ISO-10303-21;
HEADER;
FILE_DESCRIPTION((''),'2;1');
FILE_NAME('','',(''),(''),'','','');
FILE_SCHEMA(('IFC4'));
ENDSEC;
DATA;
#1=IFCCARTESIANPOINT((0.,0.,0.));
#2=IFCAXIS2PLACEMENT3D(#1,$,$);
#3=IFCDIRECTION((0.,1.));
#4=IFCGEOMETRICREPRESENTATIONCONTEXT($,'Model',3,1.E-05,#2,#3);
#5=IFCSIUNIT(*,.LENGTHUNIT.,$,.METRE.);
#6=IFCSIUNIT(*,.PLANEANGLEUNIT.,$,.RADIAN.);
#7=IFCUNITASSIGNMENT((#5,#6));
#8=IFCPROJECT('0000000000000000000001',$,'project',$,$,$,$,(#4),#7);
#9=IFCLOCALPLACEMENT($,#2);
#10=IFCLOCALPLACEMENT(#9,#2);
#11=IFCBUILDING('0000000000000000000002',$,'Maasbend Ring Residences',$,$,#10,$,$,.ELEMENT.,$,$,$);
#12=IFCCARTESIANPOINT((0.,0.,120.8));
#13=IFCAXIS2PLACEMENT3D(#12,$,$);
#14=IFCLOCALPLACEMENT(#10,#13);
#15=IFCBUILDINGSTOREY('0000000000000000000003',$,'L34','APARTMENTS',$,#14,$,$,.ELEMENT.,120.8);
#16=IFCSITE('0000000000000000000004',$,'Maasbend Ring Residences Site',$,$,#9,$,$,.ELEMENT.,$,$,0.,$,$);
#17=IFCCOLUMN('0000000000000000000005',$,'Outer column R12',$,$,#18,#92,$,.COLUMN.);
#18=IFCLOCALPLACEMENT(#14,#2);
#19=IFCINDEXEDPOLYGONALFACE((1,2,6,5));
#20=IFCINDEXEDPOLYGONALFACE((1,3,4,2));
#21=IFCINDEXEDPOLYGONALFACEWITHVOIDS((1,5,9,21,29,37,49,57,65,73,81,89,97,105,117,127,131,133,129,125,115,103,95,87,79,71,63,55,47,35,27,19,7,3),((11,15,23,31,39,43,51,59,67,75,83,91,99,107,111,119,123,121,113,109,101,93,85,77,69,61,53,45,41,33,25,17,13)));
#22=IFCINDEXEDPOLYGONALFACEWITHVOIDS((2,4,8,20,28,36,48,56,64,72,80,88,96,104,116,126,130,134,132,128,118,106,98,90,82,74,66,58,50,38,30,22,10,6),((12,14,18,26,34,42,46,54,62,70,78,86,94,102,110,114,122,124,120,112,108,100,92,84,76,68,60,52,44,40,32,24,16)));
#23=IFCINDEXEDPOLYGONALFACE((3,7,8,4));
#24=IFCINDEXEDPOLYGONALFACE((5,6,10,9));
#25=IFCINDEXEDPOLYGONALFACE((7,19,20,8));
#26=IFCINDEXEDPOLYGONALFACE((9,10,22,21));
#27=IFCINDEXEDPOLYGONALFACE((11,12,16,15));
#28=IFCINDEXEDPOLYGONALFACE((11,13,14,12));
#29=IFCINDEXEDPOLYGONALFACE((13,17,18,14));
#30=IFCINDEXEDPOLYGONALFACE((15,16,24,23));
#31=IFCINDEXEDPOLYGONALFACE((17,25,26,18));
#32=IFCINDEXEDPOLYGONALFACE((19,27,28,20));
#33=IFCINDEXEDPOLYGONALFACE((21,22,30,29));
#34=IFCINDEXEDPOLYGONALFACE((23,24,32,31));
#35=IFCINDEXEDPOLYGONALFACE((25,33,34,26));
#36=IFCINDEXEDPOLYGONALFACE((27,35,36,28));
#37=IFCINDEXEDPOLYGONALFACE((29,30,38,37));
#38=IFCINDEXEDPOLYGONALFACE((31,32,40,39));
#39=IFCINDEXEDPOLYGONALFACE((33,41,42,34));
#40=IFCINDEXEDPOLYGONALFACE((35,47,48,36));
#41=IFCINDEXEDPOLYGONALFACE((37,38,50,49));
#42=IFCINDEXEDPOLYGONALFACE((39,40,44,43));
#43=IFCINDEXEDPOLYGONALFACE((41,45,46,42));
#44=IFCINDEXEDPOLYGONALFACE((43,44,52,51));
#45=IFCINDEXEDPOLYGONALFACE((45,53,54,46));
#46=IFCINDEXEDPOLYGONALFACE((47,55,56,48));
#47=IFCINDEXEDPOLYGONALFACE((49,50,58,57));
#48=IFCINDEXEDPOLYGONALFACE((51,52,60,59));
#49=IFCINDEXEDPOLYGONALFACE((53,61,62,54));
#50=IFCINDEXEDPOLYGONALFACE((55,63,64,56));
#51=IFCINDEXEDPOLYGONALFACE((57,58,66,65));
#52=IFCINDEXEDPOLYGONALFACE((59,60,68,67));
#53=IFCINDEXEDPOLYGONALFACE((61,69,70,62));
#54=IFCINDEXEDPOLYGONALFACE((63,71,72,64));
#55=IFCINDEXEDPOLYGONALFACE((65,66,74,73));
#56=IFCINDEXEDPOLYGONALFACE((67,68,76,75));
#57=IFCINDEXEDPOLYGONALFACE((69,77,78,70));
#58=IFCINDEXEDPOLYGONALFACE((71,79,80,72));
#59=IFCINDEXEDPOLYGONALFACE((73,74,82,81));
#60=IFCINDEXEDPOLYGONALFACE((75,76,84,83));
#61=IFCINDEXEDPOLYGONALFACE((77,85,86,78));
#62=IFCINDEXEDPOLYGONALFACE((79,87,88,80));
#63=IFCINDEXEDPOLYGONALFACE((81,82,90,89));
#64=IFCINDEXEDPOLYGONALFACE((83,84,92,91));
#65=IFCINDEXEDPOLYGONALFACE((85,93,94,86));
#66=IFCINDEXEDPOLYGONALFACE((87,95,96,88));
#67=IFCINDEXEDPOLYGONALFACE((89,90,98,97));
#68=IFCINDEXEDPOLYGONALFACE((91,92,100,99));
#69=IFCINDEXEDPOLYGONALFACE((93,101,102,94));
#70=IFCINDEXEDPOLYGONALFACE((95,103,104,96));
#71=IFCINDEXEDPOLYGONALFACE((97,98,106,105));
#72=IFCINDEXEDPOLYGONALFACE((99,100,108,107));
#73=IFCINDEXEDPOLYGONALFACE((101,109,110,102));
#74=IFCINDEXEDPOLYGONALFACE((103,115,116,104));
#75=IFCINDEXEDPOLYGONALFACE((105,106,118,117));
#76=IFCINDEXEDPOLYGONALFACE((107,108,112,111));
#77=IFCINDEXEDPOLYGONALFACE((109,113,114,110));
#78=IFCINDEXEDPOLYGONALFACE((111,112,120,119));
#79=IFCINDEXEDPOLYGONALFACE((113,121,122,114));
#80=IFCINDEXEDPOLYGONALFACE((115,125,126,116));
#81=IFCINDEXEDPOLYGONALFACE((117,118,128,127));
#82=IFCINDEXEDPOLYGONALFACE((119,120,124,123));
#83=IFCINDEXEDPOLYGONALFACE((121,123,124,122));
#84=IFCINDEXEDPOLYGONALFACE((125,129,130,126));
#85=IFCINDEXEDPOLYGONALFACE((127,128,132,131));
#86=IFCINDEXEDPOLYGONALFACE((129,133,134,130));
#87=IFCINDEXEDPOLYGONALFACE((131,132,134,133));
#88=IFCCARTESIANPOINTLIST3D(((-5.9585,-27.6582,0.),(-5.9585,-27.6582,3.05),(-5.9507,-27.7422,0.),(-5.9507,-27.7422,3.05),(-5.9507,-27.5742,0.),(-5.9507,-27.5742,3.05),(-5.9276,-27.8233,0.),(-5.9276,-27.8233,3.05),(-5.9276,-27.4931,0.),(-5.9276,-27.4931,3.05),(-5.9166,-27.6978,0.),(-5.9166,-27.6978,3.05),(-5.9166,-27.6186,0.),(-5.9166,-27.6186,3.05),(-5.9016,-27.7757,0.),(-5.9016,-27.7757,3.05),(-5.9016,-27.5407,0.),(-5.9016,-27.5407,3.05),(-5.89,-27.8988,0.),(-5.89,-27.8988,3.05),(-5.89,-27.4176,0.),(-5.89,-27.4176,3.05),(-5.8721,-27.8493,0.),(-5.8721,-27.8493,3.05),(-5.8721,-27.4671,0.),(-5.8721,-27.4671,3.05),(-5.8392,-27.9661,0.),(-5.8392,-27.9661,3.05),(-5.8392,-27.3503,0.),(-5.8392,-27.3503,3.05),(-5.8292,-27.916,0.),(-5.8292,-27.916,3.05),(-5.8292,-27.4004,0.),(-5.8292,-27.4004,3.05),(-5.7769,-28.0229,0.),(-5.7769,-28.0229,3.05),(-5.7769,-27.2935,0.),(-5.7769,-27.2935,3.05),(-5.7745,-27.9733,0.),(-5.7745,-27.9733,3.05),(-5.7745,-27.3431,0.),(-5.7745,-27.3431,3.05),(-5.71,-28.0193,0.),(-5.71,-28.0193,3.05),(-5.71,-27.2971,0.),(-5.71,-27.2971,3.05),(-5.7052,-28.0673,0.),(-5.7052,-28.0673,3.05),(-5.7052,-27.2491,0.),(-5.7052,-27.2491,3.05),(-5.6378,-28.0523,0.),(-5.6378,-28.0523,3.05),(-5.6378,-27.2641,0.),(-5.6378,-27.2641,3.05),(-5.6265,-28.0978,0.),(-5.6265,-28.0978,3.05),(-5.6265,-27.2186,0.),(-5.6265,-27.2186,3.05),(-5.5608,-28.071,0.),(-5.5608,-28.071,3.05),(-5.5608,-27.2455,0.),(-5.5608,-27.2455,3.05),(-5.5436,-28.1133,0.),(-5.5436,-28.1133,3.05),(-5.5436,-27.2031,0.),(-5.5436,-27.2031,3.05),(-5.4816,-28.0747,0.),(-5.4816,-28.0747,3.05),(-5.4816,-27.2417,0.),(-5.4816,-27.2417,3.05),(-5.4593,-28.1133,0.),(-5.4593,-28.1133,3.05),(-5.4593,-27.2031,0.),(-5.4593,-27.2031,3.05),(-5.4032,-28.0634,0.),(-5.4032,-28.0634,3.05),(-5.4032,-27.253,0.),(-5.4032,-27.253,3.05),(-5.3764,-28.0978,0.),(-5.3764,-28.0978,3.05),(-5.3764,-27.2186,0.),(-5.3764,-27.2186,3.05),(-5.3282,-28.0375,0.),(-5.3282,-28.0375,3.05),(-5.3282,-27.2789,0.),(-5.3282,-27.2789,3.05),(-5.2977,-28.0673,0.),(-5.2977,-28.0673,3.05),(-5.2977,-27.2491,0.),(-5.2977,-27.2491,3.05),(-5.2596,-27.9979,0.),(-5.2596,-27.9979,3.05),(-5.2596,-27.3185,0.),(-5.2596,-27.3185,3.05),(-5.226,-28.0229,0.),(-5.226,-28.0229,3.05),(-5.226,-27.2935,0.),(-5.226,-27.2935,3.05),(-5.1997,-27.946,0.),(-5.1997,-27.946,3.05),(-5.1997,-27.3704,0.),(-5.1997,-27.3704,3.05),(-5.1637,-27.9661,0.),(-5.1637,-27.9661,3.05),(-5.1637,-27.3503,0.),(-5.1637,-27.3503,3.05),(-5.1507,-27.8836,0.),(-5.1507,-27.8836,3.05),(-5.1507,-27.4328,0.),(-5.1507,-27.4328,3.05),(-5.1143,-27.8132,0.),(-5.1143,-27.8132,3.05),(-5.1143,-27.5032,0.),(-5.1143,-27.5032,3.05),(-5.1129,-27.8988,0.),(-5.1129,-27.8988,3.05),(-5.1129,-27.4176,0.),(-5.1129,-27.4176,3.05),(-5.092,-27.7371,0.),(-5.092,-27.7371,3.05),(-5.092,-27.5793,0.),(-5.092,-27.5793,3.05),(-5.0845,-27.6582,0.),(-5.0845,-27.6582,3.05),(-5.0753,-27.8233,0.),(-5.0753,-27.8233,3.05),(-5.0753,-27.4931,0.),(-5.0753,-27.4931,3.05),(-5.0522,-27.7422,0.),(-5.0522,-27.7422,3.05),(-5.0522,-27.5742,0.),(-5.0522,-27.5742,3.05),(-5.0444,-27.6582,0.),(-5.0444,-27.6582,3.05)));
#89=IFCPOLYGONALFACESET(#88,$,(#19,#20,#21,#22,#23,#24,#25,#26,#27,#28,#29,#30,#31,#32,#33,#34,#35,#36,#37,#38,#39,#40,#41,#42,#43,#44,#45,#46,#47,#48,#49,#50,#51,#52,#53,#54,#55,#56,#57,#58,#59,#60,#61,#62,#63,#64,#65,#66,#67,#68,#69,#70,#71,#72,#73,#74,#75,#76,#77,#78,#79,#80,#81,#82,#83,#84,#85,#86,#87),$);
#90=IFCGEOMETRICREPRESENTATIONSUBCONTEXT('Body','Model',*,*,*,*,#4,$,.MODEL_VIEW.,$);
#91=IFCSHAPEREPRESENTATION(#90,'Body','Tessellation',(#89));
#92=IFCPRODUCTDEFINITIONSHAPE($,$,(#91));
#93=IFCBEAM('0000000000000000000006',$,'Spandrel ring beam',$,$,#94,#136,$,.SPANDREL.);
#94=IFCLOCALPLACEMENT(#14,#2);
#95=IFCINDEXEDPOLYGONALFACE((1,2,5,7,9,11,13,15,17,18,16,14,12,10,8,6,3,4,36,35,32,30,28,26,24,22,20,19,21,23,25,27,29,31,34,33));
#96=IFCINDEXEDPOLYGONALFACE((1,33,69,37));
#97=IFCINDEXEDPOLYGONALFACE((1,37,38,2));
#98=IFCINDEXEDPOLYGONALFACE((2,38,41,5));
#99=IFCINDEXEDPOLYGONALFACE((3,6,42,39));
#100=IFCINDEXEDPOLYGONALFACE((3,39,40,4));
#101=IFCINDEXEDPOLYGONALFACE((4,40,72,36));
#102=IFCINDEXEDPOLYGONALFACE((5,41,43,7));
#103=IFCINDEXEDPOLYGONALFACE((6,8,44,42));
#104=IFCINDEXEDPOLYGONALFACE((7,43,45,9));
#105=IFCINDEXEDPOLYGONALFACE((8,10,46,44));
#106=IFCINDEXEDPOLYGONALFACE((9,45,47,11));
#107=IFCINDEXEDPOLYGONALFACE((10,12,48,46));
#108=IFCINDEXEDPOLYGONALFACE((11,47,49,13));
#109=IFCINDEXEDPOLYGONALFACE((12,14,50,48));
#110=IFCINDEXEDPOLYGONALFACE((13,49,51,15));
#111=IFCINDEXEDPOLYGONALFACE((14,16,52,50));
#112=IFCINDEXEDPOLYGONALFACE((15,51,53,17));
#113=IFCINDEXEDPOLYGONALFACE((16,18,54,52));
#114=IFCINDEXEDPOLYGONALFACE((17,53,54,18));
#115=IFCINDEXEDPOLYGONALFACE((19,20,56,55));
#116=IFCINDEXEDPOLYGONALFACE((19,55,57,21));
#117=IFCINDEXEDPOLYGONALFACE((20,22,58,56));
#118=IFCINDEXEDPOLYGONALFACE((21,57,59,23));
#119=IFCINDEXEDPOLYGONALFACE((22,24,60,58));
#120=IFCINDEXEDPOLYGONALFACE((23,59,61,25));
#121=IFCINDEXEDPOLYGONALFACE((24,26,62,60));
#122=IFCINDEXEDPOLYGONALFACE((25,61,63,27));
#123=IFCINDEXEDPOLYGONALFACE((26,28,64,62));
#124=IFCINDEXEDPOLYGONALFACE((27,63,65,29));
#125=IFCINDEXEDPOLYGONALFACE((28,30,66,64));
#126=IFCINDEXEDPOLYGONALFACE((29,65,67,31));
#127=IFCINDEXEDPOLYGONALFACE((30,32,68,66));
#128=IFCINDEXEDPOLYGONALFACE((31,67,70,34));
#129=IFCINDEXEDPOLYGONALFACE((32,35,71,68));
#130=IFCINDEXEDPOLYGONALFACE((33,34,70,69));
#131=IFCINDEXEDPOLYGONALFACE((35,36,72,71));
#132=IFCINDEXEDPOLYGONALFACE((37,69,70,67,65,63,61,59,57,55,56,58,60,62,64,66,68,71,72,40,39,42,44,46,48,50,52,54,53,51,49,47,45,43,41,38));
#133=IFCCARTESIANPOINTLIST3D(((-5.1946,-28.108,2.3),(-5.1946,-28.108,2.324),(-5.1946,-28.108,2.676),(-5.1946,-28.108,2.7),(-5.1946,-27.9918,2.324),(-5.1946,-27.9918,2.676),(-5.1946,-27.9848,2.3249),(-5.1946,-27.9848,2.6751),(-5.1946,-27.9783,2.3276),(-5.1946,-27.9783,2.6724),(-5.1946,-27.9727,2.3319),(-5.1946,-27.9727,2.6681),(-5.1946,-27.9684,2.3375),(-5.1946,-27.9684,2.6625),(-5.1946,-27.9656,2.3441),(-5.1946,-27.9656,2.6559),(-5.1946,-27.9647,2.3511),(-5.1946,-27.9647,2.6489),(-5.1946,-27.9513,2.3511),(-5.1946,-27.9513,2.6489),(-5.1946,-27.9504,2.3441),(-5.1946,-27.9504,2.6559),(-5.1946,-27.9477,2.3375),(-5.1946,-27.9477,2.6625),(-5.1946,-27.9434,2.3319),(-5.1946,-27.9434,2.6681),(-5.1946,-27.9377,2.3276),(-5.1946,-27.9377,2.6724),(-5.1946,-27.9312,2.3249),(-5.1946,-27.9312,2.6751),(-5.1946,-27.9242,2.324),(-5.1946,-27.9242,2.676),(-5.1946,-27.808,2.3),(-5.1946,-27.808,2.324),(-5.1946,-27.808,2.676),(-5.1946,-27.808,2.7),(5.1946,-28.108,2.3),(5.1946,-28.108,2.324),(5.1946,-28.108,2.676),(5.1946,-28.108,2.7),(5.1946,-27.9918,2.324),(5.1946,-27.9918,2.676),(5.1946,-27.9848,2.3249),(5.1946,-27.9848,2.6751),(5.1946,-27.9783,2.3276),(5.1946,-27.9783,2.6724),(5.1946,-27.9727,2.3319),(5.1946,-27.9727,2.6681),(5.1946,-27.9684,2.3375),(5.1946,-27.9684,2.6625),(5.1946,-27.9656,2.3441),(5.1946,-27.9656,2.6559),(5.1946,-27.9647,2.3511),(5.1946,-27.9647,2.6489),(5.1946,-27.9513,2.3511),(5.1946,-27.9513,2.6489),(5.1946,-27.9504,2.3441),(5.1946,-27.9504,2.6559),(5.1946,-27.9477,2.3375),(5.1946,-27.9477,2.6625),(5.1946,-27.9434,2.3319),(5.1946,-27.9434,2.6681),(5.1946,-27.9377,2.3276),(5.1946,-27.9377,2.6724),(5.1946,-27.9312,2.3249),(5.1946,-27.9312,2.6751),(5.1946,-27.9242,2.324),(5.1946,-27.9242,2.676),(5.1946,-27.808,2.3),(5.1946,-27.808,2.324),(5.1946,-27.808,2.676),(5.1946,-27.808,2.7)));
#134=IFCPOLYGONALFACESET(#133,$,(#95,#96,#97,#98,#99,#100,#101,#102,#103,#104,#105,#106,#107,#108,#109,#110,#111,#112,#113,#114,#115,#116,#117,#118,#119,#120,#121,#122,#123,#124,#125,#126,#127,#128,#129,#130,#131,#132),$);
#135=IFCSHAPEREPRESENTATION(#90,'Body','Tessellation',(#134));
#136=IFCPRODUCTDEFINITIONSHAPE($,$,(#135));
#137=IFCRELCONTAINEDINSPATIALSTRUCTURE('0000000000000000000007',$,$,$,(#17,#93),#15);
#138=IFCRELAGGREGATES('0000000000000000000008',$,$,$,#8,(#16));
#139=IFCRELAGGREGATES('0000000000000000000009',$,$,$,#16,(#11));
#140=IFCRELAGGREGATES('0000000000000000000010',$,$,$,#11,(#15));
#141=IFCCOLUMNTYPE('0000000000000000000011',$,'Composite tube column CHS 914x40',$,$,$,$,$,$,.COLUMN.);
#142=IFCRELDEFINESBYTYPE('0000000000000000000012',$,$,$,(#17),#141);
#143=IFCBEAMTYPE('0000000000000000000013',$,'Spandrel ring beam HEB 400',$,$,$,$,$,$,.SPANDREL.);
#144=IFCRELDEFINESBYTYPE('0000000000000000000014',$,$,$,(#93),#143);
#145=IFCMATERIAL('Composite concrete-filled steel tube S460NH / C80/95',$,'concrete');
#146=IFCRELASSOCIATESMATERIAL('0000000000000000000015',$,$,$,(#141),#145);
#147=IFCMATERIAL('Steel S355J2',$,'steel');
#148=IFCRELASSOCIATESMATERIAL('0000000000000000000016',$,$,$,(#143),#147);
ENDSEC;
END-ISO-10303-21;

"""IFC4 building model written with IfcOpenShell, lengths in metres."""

from ifc_helpers import new_model, si_unit, direction, frame, origin, origin_2d, place, context, subcontext, project, spatial, hollow_circle, i_section, extrude, material, material_profile, profile_set, type_object, element, save


model = new_model("IFC4")

# Units and contexts
model_context = context("Model", 3, precision=1e-05, world=origin(), true_north=direction((0.0, 1.0)))
body_context = subcontext(model_context, "Body", "Model", "MODEL_VIEW")
ifc_project = project(units=[si_unit("LENGTHUNIT", "METRE"), si_unit("PLANEANGLEUNIT", "RADIAN")], contexts=[model_context])

# Site, building, storey
site_placement = place(None, origin())
site = spatial("IfcSite", under=ifc_project, at=site_placement, Name="Maasbend Ring Residences Site", CompositionType="ELEMENT", RefElevation=0.0)
building_placement = place(site_placement, origin())
building = spatial("IfcBuilding", under=site, at=building_placement, Name="Maasbend Ring Residences", CompositionType="ELEMENT")
storey_placement = place(building_placement, frame((0.0, 0.0, 120.8)))
storey = spatial("IfcBuildingStorey", under=building, at=storey_placement, Name="L34", Description="APARTMENTS", CompositionType="ELEMENT", Elevation=120.8)

# Column
ifc_material_1 = material(Name="Composite concrete-filled steel tube S460NH / C80/95", Category="concrete")
ifc_material_profile_1 = material_profile(ifc_material_1, hollow_circle(Radius=0.457, WallThickness=0.04, at=origin_2d()), Name="Composite tube column CHS 914x40")
ifc_profile_set_1 = profile_set([ifc_material_profile_1], Name="Composite concrete-filled steel tube S460NH / C80/95")
column_type = type_object("IfcColumnType", Name="Composite tube column CHS 914x40", PredefinedType="COLUMN", material=ifc_profile_set_1)
column_placement = place(storey_placement, frame((-5.5015, -27.6582, 0.0), z_axis=(0.0, 0.0, 1.0), x_axis=(1.0, 0.0, 0.0)))
element("IfcColumn", 1, at=column_placement, inside=storey, type_object=column_type, Name="Outer column R12", PredefinedType="COLUMN", context=body_context, shape_type="SweptSolid", body=[
    extrude(hollow_circle(Radius=0.457, WallThickness=0.04, at=origin_2d()), origin(), (0.0, 0.0, 1.0), 3.05),
])

# Beam
ifc_material_2 = material(Name="Steel S355J2", Category="steel")
ifc_material_profile_2 = material_profile(ifc_material_2, i_section(OverallWidth=0.3, OverallDepth=0.3999, WebThickness=0.0134, FlangeThickness=0.0239, FilletRadius=0.0271, at=origin_2d()), Name="HEB 400")
ifc_profile_set_2 = profile_set([ifc_material_profile_2], Name="Steel S355J2")
beam_type = type_object("IfcBeamType", Name="Spandrel ring beam HEB 400", PredefinedType="SPANDREL", material=ifc_profile_set_2)
beam_placement = place(storey_placement, frame((-5.1946, -27.958, 2.5), z_axis=(1.0, 0.0, 0.0), x_axis=(0.0, 1.0, 0.0)))
element("IfcBeam", 2, at=beam_placement, inside=storey, type_object=beam_type, Name="Spandrel ring beam", PredefinedType="SPANDREL", context=body_context, shape_type="SweptSolid", body=[
    extrude(i_section(OverallWidth=0.3, OverallDepth=0.3999, WebThickness=0.0134, FlangeThickness=0.0239, FilletRadius=0.0271, at=origin_2d()), origin(), (0.0, 0.0, 1.0), 10.3892),
])

save(model, "model.ifc")
